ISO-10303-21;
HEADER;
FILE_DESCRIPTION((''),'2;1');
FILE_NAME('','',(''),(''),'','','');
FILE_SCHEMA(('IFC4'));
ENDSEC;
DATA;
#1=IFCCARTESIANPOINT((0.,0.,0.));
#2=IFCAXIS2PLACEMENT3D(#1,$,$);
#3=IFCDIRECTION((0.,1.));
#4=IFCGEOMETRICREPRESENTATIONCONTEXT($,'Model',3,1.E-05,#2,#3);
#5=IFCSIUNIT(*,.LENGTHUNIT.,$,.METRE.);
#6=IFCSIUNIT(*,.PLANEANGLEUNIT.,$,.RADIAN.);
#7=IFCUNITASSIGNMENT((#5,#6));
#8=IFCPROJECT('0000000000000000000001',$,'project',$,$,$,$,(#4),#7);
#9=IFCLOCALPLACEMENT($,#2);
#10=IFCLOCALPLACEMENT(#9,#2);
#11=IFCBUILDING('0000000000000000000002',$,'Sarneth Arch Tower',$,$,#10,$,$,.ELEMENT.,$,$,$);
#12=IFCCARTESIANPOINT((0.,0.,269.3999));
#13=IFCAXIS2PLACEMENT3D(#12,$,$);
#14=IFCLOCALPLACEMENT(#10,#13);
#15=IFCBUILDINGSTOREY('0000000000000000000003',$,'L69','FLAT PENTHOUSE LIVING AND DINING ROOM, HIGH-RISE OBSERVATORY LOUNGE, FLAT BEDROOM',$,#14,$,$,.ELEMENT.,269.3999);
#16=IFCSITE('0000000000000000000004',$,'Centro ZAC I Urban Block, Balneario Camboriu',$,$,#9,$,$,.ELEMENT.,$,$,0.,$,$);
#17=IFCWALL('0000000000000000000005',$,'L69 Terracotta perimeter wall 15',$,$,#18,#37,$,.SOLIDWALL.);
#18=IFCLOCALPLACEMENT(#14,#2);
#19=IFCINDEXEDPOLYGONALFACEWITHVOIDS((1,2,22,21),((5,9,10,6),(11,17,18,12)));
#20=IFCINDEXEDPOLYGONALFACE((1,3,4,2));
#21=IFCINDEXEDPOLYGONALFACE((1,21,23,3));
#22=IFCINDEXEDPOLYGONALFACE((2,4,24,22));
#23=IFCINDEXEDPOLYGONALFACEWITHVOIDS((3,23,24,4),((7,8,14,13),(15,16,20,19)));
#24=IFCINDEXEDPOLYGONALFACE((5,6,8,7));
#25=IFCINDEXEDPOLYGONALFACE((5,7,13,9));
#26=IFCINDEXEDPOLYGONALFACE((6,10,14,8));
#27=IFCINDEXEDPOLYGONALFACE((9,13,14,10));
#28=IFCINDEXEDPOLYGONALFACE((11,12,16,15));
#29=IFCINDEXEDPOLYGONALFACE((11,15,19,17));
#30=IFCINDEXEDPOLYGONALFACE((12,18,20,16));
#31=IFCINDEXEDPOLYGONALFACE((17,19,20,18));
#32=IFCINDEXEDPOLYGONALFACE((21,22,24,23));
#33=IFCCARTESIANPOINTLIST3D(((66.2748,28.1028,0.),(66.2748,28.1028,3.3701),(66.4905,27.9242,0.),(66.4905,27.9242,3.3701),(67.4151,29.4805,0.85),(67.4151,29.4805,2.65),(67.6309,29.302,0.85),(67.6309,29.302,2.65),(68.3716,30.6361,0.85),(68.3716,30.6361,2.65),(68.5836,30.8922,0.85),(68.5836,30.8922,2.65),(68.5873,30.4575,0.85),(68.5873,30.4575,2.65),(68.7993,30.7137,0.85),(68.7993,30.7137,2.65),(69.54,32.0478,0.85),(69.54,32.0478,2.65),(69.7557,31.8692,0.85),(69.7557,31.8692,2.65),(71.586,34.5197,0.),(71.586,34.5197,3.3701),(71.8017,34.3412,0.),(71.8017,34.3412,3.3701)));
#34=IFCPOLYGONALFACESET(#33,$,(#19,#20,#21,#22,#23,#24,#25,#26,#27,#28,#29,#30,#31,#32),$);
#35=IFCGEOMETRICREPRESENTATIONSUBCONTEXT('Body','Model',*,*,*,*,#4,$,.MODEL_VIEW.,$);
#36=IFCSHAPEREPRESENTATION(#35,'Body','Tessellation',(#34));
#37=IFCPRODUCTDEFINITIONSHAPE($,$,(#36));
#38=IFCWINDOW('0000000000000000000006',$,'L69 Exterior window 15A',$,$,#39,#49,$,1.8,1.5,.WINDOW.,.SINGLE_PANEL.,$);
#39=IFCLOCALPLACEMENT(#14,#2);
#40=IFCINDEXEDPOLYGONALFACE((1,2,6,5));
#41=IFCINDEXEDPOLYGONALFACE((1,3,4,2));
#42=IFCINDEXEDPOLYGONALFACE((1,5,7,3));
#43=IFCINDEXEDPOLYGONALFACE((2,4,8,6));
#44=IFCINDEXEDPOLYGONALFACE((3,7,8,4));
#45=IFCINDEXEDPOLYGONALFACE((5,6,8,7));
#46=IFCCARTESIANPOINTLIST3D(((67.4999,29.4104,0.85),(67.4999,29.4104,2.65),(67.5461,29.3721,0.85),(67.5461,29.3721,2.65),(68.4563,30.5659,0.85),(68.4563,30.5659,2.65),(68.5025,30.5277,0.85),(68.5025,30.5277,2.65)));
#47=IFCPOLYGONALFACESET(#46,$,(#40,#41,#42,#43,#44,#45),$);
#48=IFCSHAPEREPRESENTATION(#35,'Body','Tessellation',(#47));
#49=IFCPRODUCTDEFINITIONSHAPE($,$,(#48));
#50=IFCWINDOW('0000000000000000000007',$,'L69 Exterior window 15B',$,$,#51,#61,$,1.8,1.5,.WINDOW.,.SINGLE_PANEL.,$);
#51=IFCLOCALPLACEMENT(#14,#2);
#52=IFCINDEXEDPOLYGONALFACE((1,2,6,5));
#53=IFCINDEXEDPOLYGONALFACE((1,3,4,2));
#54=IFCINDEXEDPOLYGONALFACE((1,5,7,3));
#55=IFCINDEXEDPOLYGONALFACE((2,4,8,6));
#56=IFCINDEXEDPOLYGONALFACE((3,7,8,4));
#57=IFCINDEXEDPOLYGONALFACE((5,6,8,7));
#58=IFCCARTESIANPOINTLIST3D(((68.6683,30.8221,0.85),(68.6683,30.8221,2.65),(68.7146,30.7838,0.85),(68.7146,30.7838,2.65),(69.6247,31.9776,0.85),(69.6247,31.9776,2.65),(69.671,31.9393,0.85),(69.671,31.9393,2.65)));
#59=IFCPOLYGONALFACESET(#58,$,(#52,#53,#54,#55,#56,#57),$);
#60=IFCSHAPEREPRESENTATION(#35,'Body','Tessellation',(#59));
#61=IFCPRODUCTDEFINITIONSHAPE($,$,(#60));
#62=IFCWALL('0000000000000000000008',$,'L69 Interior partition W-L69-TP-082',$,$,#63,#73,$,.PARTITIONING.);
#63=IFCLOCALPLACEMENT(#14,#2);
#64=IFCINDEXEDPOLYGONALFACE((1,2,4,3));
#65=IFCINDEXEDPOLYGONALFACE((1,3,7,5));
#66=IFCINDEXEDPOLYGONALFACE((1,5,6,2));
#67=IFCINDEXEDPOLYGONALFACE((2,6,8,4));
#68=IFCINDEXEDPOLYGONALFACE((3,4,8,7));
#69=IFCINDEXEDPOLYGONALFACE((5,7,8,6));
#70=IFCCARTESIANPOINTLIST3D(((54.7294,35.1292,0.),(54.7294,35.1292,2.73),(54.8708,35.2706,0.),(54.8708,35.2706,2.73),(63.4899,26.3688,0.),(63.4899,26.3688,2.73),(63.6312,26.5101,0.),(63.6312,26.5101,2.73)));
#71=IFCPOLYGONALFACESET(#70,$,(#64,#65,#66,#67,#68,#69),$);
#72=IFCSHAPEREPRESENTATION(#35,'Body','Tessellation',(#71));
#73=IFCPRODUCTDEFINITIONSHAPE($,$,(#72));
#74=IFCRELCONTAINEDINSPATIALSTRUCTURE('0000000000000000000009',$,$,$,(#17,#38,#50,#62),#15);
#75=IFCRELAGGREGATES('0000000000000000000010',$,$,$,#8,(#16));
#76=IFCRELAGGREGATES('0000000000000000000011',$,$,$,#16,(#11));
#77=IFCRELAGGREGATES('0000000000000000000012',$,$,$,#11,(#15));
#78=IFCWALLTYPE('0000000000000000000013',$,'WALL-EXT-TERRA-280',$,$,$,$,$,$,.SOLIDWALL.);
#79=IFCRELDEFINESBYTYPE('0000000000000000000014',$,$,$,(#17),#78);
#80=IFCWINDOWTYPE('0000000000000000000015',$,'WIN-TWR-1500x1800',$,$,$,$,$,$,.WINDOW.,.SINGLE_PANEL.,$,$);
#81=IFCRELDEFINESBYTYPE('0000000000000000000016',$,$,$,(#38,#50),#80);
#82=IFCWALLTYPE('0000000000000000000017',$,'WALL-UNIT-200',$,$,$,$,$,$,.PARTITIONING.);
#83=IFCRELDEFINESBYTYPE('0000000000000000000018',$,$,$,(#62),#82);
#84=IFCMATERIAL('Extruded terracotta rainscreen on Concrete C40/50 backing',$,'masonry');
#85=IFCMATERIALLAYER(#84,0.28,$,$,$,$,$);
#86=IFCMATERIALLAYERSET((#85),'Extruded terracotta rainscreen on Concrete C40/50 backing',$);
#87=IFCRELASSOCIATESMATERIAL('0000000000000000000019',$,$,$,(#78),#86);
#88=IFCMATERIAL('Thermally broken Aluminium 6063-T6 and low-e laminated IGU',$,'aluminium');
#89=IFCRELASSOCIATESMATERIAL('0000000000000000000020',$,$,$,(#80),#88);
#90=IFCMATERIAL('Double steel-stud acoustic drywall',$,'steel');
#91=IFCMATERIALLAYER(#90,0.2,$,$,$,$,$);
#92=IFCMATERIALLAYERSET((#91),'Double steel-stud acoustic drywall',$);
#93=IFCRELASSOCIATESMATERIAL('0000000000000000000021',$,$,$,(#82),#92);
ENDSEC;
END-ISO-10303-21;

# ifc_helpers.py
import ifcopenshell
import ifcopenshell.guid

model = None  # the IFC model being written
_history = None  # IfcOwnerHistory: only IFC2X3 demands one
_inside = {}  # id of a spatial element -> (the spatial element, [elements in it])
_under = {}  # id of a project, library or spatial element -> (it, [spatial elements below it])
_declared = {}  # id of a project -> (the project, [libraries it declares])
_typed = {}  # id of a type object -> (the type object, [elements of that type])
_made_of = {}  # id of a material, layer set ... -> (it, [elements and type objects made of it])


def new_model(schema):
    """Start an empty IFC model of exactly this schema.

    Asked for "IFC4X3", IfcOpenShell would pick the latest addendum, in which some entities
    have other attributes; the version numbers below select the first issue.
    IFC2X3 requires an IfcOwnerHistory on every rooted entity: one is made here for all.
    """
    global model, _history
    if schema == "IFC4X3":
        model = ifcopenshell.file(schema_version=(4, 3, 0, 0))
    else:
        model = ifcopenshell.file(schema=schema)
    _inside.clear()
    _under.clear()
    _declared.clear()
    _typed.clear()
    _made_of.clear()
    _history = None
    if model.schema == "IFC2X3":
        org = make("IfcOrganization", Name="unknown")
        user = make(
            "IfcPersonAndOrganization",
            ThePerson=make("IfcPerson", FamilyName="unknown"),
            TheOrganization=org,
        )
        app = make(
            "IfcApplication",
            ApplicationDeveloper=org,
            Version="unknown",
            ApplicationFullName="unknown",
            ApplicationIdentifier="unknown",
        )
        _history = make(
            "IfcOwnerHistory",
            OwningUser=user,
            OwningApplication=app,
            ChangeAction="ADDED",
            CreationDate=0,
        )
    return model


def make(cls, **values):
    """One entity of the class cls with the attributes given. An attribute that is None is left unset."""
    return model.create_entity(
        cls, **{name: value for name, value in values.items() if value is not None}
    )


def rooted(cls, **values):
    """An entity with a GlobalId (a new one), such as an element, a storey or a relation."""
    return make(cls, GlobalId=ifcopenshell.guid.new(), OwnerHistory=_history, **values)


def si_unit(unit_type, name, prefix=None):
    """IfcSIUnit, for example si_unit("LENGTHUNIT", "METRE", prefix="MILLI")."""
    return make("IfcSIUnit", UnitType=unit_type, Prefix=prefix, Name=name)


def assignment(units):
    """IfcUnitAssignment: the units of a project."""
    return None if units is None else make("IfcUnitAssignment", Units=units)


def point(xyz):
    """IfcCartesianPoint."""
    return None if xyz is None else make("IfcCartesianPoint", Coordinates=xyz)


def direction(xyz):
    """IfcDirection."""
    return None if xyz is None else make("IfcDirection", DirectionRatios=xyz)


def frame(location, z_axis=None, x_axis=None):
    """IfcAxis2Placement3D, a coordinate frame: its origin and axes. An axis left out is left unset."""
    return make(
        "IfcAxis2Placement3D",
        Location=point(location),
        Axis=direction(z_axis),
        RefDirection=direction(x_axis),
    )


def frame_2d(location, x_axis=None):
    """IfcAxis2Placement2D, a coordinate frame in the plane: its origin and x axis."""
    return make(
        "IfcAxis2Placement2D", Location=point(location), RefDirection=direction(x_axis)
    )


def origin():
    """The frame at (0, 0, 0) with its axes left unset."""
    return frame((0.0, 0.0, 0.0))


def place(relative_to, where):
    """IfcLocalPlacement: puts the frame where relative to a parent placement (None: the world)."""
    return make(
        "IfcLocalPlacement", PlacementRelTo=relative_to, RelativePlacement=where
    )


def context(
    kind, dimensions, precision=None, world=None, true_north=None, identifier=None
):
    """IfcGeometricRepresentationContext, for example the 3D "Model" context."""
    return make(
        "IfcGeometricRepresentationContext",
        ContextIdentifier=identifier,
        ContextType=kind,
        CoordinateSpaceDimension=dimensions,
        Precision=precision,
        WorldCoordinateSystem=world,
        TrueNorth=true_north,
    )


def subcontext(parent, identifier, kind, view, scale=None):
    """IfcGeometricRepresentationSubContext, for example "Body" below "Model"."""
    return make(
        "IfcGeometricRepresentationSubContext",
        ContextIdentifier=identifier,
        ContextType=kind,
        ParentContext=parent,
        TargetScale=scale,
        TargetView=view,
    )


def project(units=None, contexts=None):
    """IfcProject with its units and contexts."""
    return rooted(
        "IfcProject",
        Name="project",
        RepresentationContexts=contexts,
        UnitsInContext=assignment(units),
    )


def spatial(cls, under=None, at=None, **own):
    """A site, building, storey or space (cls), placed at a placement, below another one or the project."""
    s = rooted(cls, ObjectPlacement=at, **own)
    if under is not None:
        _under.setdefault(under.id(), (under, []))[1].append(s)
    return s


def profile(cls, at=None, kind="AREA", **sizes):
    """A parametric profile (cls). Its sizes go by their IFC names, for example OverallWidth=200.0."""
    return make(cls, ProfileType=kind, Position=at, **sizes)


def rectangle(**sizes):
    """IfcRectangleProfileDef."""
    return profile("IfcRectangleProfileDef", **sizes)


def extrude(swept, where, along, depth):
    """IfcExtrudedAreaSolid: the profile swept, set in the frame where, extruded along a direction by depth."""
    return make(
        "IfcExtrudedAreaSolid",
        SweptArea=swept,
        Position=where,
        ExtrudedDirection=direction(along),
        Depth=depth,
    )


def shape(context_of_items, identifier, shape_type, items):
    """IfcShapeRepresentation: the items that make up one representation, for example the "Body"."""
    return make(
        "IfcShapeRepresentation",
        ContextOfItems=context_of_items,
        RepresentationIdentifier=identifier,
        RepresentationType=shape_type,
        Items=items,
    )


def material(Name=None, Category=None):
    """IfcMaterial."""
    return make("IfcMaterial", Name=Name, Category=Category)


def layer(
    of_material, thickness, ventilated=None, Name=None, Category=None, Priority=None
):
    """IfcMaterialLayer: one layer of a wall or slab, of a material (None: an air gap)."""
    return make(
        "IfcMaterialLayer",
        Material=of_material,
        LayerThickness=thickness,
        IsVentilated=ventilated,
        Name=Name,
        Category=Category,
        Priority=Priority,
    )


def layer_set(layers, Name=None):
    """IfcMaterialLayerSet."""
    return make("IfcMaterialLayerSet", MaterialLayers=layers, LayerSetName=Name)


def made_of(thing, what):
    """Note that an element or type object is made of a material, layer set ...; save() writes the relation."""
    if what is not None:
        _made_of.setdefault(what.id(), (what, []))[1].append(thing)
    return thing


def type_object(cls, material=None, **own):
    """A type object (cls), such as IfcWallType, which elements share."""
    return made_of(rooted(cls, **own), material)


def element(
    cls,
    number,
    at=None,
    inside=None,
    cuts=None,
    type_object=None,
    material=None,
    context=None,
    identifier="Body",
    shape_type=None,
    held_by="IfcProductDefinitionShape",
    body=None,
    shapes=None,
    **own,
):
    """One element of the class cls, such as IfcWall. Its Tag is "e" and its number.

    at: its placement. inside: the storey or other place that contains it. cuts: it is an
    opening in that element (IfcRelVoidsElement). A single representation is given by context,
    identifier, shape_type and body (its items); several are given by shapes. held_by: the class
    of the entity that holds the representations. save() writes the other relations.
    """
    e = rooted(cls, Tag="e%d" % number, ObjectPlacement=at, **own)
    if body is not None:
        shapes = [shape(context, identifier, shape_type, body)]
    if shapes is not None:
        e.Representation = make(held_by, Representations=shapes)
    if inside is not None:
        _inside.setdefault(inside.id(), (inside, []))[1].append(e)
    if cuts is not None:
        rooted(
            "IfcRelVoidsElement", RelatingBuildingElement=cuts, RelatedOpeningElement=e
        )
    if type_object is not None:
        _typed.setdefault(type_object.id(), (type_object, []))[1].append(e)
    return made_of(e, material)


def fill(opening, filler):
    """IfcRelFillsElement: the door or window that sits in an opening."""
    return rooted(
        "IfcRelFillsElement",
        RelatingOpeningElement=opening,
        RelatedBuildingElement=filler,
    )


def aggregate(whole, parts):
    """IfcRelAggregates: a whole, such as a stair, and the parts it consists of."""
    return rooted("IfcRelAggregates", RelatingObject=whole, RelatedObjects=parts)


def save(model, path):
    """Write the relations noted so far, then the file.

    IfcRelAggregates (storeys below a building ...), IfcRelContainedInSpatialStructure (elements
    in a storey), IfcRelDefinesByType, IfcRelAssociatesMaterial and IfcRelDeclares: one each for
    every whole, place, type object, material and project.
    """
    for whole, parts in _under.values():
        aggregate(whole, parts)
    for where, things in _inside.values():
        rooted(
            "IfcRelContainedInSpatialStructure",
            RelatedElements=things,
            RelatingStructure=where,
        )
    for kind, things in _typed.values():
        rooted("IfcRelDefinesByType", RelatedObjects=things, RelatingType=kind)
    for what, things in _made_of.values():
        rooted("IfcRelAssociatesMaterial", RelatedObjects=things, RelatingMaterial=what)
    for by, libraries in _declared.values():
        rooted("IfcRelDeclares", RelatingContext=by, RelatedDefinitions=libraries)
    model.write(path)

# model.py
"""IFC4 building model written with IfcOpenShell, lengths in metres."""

from ifc_helpers import new_model, si_unit, direction, frame, frame_2d, origin, place, context, subcontext, project, spatial, rectangle, extrude, material, layer, layer_set, type_object, element, fill, save


model = new_model("IFC4")

# Units and contexts
model_context = context("Model", 3, precision=1e-05, world=origin(), true_north=direction((0.0, 1.0)))
body_context = subcontext(model_context, "Body", "Model", "MODEL_VIEW")
ifc_project = project(units=[si_unit("LENGTHUNIT", "METRE"), si_unit("PLANEANGLEUNIT", "RADIAN")], contexts=[model_context])

# Site, building, storey
site_placement = place(None, origin())
site = spatial("IfcSite", under=ifc_project, at=site_placement, Name="Centro ZAC I Urban Block, Balneario Camboriu", CompositionType="ELEMENT", RefElevation=0.0)
building_placement = place(site_placement, origin())
building = spatial("IfcBuilding", under=site, at=building_placement, Name="Sarneth Arch Tower", CompositionType="ELEMENT")
storey_placement = place(building_placement, frame((0.0, 0.0, 269.3999)))
storey = spatial("IfcBuildingStorey", under=building, at=storey_placement, Name="L69", Description="FLAT PENTHOUSE LIVING AND DINING ROOM, HIGH-RISE OBSERVATORY LOUNGE, FLAT BEDROOM", CompositionType="ELEMENT", Elevation=269.3999)

# Wall, openings, windows
ifc_material_1 = material(Name="Extruded terracotta rainscreen on Concrete C40/50 backing", Category="masonry")
ifc_layer_1 = layer(ifc_material_1, 0.28)
ifc_layer_set_1 = layer_set([ifc_layer_1], Name="Extruded terracotta rainscreen on Concrete C40/50 backing")
wall_type_1 = type_object("IfcWallType", Name="WALL-EXT-TERRA-280", PredefinedType="SOLIDWALL", material=ifc_layer_set_1)
wall_1_placement = place(storey_placement, frame((66.3826, 28.0134, 0.0), z_axis=(0.0, 0.0, 1.0), x_axis=(0.637615, 0.770355, 0.0)))
wall_1 = element("IfcWall", 1, at=wall_1_placement, inside=storey, type_object=wall_type_1, Name="L69 Terracotta perimeter wall 15", PredefinedType="SOLIDWALL", context=body_context, shape_type="SweptSolid", body=[
    extrude(rectangle(XDim=8.3298, YDim=0.28, at=frame_2d((4.165, 0.0))), origin(), (0.0, 0.0, 1.0), 3.3701),
])
opening_1_placement = place(wall_1_placement, frame((1.7886, 0.0, 0.8501)))
opening_1 = element("IfcOpeningElement", 2, at=opening_1_placement, cuts=wall_1, PredefinedType="OPENING", context=body_context, shape_type="SweptSolid", body=[
    extrude(rectangle(XDim=1.5, YDim=1.8, at=frame_2d((0.75, 0.8999))), frame((0.0, 0.1499, 0.0), z_axis=(0.0, -1.0, 0.0), x_axis=(1.0, 0.0, 0.0)), (0.0, 0.0, 1.0), 0.3),
])
opening_2_placement = place(wall_1_placement, frame((3.6211, 0.0, 0.8501)))
opening_2 = element("IfcOpeningElement", 3, at=opening_2_placement, cuts=wall_1, PredefinedType="OPENING", context=body_context, shape_type="SweptSolid", body=[
    extrude(rectangle(XDim=1.5, YDim=1.8, at=frame_2d((0.75, 0.8999))), frame((0.0, 0.1499, 0.0), z_axis=(0.0, -1.0, 0.0), x_axis=(1.0, 0.0, 0.0)), (0.0, 0.0, 1.0), 0.3),
])
ifc_material_2 = material(Name="Thermally broken Aluminium 6063-T6 and low-e laminated IGU", Category="aluminium")
window_type = type_object("IfcWindowType", Name="WIN-TWR-1500x1800", PartitioningType="SINGLE_PANEL", PredefinedType="WINDOW", material=ifc_material_2)
window_1_placement = place(opening_1_placement, origin())
window_1 = element("IfcWindow", 4, at=window_1_placement, inside=storey, type_object=window_type, Name="L69 Exterior window 15A", OverallHeight=1.8, OverallWidth=1.5, PartitioningType="SINGLE_PANEL", PredefinedType="WINDOW", context=body_context, shape_type="SweptSolid", body=[
    extrude(rectangle(XDim=1.5, YDim=1.8, at=frame_2d((0.75, 0.8999))), frame((0.0, 0.03, 0.0), z_axis=(0.0, -1.0, 0.0), x_axis=(1.0, 0.0, 0.0)), (0.0, 0.0, 1.0), 0.0601),
])
fill(opening_1, window_1)
window_2_placement = place(opening_2_placement, origin())
window_2 = element("IfcWindow", 5, at=window_2_placement, inside=storey, type_object=window_type, Name="L69 Exterior window 15B", OverallHeight=1.8, OverallWidth=1.5, PartitioningType="SINGLE_PANEL", PredefinedType="WINDOW", context=body_context, shape_type="SweptSolid", body=[
    extrude(rectangle(XDim=1.5, YDim=1.8, at=frame_2d((0.75, 0.8999))), frame((0.0, 0.03, 0.0), z_axis=(0.0, -1.0, 0.0), x_axis=(1.0, 0.0, 0.0)), (0.0, 0.0, 1.0), 0.0601),
])
fill(opening_2, window_2)

# Wall
ifc_material_3 = material(Name="Double steel-stud acoustic drywall", Category="steel")
ifc_layer_2 = layer(ifc_material_3, 0.2)
ifc_layer_set_2 = layer_set([ifc_layer_2], Name="Double steel-stud acoustic drywall")
wall_type_2 = type_object("IfcWallType", Name="WALL-UNIT-200", PredefinedType="PARTITIONING", material=ifc_layer_set_2)
wall_2_placement = place(storey_placement, frame((63.5605, 26.4395, 0.0), z_axis=(0.0, 0.0, 1.0), x_axis=(-0.707107, 0.707107, 0.0)))
element("IfcWall", 6, at=wall_2_placement, inside=storey, type_object=wall_type_2, Name="L69 Interior partition W-L69-TP-082", PredefinedType="PARTITIONING", context=body_context, shape_type="SweptSolid", body=[
    extrude(rectangle(XDim=12.3892, YDim=0.2, at=frame_2d((6.1946, 0.0))), origin(), (0.0, 0.0, 1.0), 2.73),
])

save(model, "model.ifc")
